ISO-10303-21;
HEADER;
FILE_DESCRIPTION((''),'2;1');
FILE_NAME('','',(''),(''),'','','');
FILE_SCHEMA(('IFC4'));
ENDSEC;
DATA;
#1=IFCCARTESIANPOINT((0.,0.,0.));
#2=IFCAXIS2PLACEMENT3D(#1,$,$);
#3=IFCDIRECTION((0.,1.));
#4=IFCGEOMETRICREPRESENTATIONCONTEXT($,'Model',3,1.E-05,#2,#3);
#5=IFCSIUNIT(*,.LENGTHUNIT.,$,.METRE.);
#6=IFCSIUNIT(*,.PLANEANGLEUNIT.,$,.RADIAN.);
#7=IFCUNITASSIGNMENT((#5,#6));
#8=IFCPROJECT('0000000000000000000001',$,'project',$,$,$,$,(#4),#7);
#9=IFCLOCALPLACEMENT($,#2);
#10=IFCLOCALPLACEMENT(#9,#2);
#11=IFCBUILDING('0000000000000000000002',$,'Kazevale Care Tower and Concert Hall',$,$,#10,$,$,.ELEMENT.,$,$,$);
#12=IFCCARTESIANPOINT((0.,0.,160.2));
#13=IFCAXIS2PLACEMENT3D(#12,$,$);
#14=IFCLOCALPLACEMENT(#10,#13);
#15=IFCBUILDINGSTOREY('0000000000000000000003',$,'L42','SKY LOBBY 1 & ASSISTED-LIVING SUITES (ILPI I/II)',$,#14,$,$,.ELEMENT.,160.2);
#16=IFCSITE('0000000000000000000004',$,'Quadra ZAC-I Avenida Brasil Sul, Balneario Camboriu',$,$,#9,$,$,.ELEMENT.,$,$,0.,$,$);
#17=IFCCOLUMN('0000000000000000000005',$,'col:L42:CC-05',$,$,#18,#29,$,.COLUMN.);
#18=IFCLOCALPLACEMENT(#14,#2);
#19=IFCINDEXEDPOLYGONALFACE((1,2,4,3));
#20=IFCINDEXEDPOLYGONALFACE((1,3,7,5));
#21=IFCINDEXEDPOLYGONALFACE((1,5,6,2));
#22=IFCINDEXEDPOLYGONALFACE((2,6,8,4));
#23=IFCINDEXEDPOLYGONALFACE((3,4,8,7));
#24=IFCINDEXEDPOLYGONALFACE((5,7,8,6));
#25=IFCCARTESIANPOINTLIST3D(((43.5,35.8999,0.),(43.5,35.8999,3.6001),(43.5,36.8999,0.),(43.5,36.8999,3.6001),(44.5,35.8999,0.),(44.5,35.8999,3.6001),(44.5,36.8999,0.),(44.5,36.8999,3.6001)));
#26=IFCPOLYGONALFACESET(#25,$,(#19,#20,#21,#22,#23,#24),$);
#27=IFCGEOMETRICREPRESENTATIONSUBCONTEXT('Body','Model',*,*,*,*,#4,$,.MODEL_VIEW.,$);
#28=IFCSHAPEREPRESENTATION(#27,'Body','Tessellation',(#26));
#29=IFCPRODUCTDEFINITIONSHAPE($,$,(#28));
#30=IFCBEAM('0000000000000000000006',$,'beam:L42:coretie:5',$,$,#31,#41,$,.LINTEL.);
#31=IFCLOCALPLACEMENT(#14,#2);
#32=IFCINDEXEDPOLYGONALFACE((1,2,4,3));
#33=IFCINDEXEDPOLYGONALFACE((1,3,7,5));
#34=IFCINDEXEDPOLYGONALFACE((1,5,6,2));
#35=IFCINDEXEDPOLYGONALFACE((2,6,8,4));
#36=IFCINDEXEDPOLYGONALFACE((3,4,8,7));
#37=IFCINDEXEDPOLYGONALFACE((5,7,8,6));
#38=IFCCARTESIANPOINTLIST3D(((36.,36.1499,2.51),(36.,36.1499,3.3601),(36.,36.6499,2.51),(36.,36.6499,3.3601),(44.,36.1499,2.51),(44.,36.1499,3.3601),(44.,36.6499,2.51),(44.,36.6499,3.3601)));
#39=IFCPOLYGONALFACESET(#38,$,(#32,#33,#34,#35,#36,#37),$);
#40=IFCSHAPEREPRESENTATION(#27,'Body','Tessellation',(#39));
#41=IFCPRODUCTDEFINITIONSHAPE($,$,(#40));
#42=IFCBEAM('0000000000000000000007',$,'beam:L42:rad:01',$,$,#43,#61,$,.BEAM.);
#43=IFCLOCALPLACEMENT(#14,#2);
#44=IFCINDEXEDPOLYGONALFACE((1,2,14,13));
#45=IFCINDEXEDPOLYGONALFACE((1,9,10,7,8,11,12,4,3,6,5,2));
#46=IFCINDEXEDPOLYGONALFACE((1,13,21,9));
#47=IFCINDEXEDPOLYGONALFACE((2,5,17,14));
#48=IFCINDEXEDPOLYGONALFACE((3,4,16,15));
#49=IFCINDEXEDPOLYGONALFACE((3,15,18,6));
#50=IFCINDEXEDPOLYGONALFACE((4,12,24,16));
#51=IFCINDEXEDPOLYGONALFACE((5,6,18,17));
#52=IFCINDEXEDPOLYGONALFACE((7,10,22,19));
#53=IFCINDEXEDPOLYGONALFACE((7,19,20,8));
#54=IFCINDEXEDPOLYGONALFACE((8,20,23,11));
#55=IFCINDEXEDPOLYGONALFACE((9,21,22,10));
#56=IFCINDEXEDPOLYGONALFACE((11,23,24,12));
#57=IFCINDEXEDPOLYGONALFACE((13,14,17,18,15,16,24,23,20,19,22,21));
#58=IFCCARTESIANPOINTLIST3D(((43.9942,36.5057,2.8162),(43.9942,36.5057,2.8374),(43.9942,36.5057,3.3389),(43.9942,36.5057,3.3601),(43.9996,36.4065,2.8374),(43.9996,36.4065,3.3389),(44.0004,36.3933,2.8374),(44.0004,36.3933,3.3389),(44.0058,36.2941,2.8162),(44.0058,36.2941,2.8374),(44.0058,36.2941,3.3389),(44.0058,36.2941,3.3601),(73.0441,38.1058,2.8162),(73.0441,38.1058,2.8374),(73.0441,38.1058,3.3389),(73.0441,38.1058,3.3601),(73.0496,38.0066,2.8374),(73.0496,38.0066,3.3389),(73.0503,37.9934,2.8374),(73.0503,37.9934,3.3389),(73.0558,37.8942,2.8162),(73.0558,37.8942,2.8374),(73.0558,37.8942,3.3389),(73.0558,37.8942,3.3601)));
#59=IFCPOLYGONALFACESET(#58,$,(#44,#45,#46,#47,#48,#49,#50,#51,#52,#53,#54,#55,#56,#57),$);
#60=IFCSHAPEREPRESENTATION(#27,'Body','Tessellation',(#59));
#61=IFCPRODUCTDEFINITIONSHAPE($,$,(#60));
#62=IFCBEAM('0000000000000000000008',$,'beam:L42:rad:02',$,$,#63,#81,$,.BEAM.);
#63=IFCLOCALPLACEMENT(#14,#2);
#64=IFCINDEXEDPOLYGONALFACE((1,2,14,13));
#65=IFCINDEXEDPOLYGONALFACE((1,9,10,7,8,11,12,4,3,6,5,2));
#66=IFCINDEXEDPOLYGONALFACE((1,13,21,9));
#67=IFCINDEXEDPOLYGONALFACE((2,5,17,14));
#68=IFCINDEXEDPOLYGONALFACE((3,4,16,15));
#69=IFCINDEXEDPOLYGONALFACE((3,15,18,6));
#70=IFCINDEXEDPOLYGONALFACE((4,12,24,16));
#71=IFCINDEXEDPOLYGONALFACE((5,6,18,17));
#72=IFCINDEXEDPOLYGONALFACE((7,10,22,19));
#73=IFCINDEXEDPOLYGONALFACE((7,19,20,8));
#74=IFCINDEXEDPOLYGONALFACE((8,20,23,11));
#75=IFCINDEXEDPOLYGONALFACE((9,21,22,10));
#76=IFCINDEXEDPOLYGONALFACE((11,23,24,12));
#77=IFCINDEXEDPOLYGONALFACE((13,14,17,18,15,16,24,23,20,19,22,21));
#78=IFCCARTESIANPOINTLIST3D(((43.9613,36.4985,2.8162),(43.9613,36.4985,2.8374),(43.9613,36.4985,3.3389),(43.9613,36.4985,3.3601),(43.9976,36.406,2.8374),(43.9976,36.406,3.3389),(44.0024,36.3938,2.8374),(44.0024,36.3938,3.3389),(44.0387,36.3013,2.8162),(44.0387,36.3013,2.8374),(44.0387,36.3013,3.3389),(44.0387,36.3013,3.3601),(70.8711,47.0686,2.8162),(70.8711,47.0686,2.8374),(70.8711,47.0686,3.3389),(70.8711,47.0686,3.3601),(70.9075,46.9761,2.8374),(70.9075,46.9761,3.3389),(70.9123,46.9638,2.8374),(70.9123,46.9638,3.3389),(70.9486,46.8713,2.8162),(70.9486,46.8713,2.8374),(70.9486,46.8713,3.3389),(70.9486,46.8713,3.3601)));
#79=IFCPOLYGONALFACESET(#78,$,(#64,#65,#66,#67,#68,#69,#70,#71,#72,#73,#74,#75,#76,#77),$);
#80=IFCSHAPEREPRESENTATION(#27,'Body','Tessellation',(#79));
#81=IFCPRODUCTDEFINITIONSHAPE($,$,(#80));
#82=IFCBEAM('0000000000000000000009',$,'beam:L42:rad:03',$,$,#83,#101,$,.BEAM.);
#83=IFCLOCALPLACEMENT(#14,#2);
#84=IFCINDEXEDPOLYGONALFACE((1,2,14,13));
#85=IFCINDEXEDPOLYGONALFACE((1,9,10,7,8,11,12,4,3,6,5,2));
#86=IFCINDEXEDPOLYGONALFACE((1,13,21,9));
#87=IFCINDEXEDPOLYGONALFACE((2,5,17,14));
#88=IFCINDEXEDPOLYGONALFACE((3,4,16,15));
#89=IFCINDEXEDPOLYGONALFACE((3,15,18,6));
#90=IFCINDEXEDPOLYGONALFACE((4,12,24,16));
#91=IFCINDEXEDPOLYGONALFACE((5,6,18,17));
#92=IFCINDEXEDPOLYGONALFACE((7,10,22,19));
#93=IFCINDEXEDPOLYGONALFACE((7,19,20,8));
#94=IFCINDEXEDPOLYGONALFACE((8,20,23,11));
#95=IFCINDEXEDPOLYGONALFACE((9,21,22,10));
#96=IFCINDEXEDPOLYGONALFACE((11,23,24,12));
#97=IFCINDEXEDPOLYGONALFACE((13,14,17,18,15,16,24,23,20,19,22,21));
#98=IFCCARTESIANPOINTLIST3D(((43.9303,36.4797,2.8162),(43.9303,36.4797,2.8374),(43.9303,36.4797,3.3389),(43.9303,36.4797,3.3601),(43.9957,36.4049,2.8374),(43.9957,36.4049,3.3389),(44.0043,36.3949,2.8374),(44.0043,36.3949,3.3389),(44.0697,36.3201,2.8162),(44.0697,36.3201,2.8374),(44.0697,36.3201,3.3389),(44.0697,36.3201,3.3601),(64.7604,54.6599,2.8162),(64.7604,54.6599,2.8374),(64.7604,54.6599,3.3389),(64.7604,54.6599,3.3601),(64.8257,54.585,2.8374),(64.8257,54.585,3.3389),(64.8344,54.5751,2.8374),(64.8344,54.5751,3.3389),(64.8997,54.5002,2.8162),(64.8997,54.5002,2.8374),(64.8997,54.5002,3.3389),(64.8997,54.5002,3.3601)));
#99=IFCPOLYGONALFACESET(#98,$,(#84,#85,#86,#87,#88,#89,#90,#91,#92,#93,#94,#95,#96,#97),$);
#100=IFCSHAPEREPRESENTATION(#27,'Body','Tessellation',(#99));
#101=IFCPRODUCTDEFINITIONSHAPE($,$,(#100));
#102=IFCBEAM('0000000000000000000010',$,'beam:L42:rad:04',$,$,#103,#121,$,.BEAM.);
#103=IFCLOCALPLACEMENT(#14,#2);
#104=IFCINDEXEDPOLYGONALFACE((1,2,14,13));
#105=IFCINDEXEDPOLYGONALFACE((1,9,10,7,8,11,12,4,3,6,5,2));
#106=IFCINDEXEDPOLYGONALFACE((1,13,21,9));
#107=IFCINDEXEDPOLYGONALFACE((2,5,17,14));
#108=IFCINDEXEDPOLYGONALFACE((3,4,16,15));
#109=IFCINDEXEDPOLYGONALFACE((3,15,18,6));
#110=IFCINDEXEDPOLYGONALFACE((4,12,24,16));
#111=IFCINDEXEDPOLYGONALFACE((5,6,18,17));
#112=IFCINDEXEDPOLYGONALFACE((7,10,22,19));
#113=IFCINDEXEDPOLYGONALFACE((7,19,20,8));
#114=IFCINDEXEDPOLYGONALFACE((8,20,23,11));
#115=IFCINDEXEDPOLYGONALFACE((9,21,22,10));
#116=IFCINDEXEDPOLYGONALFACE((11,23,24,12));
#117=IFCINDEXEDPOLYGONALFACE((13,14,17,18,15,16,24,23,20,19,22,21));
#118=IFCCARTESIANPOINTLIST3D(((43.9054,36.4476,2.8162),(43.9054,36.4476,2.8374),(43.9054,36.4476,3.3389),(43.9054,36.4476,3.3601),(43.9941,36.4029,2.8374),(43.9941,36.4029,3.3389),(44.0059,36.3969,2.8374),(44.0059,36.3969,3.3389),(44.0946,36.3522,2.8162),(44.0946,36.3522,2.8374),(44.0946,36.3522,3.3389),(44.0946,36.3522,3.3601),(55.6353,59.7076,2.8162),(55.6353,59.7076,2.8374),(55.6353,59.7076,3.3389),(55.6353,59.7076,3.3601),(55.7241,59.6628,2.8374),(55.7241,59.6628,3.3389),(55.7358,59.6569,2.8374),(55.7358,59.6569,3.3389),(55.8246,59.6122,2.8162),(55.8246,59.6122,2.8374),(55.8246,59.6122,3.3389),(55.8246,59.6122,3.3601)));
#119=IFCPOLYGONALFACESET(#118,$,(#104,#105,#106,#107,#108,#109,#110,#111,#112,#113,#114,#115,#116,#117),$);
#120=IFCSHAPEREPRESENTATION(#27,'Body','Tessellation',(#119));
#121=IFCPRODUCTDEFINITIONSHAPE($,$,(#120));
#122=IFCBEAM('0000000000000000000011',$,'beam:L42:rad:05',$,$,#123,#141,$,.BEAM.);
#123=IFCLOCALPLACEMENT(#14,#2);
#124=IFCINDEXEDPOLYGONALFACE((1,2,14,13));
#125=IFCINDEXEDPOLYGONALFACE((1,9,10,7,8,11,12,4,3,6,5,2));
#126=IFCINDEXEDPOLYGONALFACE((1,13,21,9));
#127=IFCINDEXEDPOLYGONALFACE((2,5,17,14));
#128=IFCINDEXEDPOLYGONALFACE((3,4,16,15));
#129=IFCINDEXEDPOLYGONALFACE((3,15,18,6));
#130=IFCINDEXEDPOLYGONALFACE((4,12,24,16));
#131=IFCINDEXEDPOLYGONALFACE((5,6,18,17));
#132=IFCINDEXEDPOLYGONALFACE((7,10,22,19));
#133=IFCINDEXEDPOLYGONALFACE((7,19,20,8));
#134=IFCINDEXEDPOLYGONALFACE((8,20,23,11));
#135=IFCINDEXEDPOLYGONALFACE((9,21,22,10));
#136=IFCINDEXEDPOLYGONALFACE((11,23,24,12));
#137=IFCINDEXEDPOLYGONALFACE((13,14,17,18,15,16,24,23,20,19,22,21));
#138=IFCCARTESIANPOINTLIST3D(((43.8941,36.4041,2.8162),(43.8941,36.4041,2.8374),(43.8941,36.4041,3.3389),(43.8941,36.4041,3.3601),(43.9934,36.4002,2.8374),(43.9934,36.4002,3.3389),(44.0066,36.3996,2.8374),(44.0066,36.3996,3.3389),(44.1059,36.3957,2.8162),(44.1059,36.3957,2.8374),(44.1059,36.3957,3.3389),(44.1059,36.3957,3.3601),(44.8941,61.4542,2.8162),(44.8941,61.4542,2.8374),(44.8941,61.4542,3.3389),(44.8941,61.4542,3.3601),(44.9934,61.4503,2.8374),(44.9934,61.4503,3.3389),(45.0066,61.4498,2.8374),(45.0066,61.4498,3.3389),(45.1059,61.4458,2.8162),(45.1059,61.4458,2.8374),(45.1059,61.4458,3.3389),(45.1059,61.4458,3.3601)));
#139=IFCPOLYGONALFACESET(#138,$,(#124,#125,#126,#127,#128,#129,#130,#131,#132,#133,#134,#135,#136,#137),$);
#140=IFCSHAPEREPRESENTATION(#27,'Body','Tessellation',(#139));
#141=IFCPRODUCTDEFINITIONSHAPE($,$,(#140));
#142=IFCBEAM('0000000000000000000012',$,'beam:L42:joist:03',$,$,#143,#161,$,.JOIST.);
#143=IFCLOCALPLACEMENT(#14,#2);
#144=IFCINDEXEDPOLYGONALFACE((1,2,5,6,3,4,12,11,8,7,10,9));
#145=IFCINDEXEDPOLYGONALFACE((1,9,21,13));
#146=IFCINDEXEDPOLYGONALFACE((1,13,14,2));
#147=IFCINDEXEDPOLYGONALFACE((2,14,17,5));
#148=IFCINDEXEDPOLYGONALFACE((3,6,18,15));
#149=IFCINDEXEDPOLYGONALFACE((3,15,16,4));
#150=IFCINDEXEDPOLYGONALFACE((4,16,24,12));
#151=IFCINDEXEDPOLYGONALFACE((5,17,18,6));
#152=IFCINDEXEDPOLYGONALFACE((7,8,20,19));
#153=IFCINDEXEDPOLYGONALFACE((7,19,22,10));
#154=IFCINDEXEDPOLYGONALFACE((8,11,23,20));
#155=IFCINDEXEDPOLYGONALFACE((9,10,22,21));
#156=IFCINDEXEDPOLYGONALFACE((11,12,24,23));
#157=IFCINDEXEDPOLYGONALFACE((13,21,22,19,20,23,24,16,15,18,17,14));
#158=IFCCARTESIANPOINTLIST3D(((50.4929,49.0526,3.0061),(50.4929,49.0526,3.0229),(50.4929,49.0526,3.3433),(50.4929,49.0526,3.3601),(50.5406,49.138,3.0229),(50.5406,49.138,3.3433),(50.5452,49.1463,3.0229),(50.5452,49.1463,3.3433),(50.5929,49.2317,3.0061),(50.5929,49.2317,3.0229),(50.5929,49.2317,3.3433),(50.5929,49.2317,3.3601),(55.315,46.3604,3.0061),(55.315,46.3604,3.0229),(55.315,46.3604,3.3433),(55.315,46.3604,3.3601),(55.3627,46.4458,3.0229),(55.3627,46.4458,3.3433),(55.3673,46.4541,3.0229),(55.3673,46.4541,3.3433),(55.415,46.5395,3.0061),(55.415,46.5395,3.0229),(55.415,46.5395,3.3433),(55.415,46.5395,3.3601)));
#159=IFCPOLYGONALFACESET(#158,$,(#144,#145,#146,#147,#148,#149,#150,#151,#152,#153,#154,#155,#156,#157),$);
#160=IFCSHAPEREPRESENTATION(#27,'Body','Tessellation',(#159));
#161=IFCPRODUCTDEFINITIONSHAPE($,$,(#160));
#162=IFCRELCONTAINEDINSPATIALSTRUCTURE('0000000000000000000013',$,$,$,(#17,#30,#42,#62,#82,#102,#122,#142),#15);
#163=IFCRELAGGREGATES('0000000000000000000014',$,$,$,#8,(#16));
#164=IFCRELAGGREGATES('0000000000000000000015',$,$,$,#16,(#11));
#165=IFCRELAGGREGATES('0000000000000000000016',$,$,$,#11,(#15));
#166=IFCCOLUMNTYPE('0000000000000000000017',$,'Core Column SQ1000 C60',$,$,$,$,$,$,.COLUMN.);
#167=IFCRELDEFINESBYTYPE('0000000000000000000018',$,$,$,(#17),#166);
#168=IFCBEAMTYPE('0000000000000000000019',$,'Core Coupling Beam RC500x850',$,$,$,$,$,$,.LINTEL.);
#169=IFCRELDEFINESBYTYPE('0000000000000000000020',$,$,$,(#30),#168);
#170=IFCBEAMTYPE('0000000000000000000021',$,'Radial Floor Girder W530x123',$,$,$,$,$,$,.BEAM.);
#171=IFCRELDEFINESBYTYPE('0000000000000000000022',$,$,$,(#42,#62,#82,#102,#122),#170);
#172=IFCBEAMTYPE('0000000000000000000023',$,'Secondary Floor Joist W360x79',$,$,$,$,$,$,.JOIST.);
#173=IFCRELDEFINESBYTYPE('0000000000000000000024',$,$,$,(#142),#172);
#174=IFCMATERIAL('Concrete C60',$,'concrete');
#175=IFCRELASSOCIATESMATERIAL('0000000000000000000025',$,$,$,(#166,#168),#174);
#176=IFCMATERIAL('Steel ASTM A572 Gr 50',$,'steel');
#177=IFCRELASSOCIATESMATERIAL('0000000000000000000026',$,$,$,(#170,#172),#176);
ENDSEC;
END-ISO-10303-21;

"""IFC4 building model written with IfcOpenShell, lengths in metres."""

from ifc_helpers import new_model, si_unit, direction, frame, origin, origin_2d, place, context, subcontext, project, spatial, rectangle, i_section, extrude, material, material_profile, profile_set, type_object, element, save


model = new_model("IFC4")

# Units and contexts
model_context = context("Model", 3, precision=1e-05, world=origin(), true_north=direction((0.0, 1.0)))
body_context = subcontext(model_context, "Body", "Model", "MODEL_VIEW")
ifc_project = project(units=[si_unit("LENGTHUNIT", "METRE"), si_unit("PLANEANGLEUNIT", "RADIAN")], contexts=[model_context])

# Site, building, storey
site_placement = place(None, origin())
site = spatial("IfcSite", under=ifc_project, at=site_placement, Name="Quadra ZAC-I Avenida Brasil Sul, Balneario Camboriu", CompositionType="ELEMENT", RefElevation=0.0)
building_placement = place(site_placement, origin())
building = spatial("IfcBuilding", under=site, at=building_placement, Name="Kazevale Care Tower and Concert Hall", CompositionType="ELEMENT")
storey_placement = place(building_placement, frame((0.0, 0.0, 160.2)))
storey = spatial("IfcBuildingStorey", under=building, at=storey_placement, Name="L42", Description="SKY LOBBY 1 & ASSISTED-LIVING SUITES (ILPI I/II)", CompositionType="ELEMENT", Elevation=160.2)

# Column
ifc_material_1 = material(Name="Concrete C60", Category="concrete")
ifc_material_profile_1 = material_profile(ifc_material_1, rectangle(XDim=1.0, YDim=1.0, at=origin_2d()), Name="RC-SQ1000")
ifc_profile_set_1 = profile_set([ifc_material_profile_1], Name="Concrete C60")
column_type = type_object("IfcColumnType", Name="Core Column SQ1000 C60", PredefinedType="COLUMN", material=ifc_profile_set_1)
column_placement = place(storey_placement, frame((44.0, 36.3999, 0.0), z_axis=(0.0, 0.0, 1.0), x_axis=(1.0, 0.0, 0.0)))
element("IfcColumn", 1, at=column_placement, inside=storey, type_object=column_type, Name="col:L42:CC-05", PredefinedType="COLUMN", context=body_context, shape_type="SweptSolid", body=[
    extrude(rectangle(XDim=1.0, YDim=1.0, at=origin_2d()), origin(), (0.0, 0.0, 1.0), 3.6001),
])

# Beams
ifc_material_profile_2 = material_profile(ifc_material_1, rectangle(XDim=0.5, YDim=0.8501, at=origin_2d()), Name="RC-B500x850")
ifc_profile_set_2 = profile_set([ifc_material_profile_2], Name="Concrete C60")
beam_type_1 = type_object("IfcBeamType", Name="Core Coupling Beam RC500x850", PredefinedType="LINTEL", material=ifc_profile_set_2)
beam_1_placement = place(storey_placement, frame((44.0, 36.3999, 2.9351), z_axis=(-1.0, 0.0, 0.0), x_axis=(0.0, -1.0, 0.0)))
element("IfcBeam", 2, at=beam_1_placement, inside=storey, type_object=beam_type_1, Name="beam:L42:coretie:5", PredefinedType="LINTEL", context=body_context, shape_type="SweptSolid", body=[
    extrude(rectangle(XDim=0.5, YDim=0.8501, at=origin_2d()), origin(), (0.0, 0.0, 1.0), 8.0),
])
ifc_material_2 = material(Name="Steel ASTM A572 Gr 50", Category="steel")
ifc_material_profile_3 = material_profile(ifc_material_2, i_section(OverallWidth=0.2119, OverallDepth=0.5439, WebThickness=0.0132, FlangeThickness=0.0212, at=origin_2d()), Name="W530x123")
ifc_profile_set_3 = profile_set([ifc_material_profile_3], Name="Steel ASTM A572 Gr 50")
beam_type_2 = type_object("IfcBeamType", Name="Radial Floor Girder W530x123", PredefinedType="BEAM", material=ifc_profile_set_3)
beam_2_placement = place(storey_placement, frame((44.0, 36.3999, 3.0881), z_axis=(0.998487, 0.054997, 0.0), x_axis=(-0.054997, 0.998487, 0.0)))
element("IfcBeam", 3, at=beam_2_placement, inside=storey, type_object=beam_type_2, Name="beam:L42:rad:01", PredefinedType="BEAM", context=body_context, shape_type="SweptSolid", body=[
    extrude(i_section(OverallWidth=0.2119, OverallDepth=0.5439, WebThickness=0.0132, FlangeThickness=0.0212, at=origin_2d()), origin(), (0.0, 0.0, 1.0), 29.094),
])
beam_3_placement = place(storey_placement, frame((44.0, 36.3999, 3.0881), z_axis=(0.930771, 0.365602, 0.0), x_axis=(-0.365602, 0.930771, 0.0)))
element("IfcBeam", 4, at=beam_3_placement, inside=storey, type_object=beam_type_2, Name="beam:L42:rad:02", PredefinedType="BEAM", context=body_context, shape_type="SweptSolid", body=[
    extrude(i_section(OverallWidth=0.2119, OverallDepth=0.5439, WebThickness=0.0132, FlangeThickness=0.0212, at=origin_2d()), origin(), (0.0, 0.0, 1.0), 28.9114),
])
beam_4_placement = place(storey_placement, frame((44.0, 36.3999, 3.0881), z_axis=(0.753403, 0.657559, 0.0), x_axis=(-0.657559, 0.753403, 0.0)))
element("IfcBeam", 5, at=beam_4_placement, inside=storey, type_object=beam_type_2, Name="beam:L42:rad:03", PredefinedType="BEAM", context=body_context, shape_type="SweptSolid", body=[
    extrude(i_section(OverallWidth=0.2119, OverallDepth=0.5439, WebThickness=0.0132, FlangeThickness=0.0212, at=origin_2d()), origin(), (0.0, 0.0, 1.0), 27.6479),
])
beam_5_placement = place(storey_placement, frame((44.0, 36.3999, 3.0881), z_axis=(0.450281, 0.892887, 0.0), x_axis=(-0.892887, 0.450281, 0.0)))
element("IfcBeam", 6, at=beam_5_placement, inside=storey, type_object=beam_type_2, Name="beam:L42:rad:04", PredefinedType="BEAM", context=body_context, shape_type="SweptSolid", body=[
    extrude(i_section(OverallWidth=0.2119, OverallDepth=0.5439, WebThickness=0.0132, FlangeThickness=0.0212, at=origin_2d()), origin(), (0.0, 0.0, 1.0), 26.0503),
])
beam_6_placement = place(storey_placement, frame((44.0, 36.3999, 3.0881), z_axis=(0.039888, 0.999204, 0.0), x_axis=(-0.999204, 0.039888, 0.0)))
element("IfcBeam", 7, at=beam_6_placement, inside=storey, type_object=beam_type_2, Name="beam:L42:rad:05", PredefinedType="BEAM", context=body_context, shape_type="SweptSolid", body=[
    extrude(i_section(OverallWidth=0.2119, OverallDepth=0.5439, WebThickness=0.0132, FlangeThickness=0.0212, at=origin_2d()), origin(), (0.0, 0.0, 1.0), 25.0701),
])
ifc_material_profile_4 = material_profile(ifc_material_2, i_section(OverallWidth=0.2051, OverallDepth=0.354, WebThickness=0.0095, FlangeThickness=0.0168, at=origin_2d()), Name="W360x79")
ifc_profile_set_4 = profile_set([ifc_material_profile_4], Name="Steel ASTM A572 Gr 50")
beam_type_3 = type_object("IfcBeamType", Name="Secondary Floor Joist W360x79", PredefinedType="JOIST", material=ifc_profile_set_4)
beam_7_placement = place(storey_placement, frame((55.365, 46.45, 3.1831), z_axis=(-0.873138, 0.487474, 0.0), x_axis=(-0.487474, -0.873138, 0.0)))
element("IfcBeam", 8, at=beam_7_placement, inside=storey, type_object=beam_type_3, Name="beam:L42:joist:03", PredefinedType="JOIST", context=body_context, shape_type="SweptSolid", body=[
    extrude(i_section(OverallWidth=0.2051, OverallDepth=0.354, WebThickness=0.0095, FlangeThickness=0.0168, at=origin_2d()), origin(), (0.0, 0.0, 1.0), 5.5227),
])

save(model, "model.ifc")
